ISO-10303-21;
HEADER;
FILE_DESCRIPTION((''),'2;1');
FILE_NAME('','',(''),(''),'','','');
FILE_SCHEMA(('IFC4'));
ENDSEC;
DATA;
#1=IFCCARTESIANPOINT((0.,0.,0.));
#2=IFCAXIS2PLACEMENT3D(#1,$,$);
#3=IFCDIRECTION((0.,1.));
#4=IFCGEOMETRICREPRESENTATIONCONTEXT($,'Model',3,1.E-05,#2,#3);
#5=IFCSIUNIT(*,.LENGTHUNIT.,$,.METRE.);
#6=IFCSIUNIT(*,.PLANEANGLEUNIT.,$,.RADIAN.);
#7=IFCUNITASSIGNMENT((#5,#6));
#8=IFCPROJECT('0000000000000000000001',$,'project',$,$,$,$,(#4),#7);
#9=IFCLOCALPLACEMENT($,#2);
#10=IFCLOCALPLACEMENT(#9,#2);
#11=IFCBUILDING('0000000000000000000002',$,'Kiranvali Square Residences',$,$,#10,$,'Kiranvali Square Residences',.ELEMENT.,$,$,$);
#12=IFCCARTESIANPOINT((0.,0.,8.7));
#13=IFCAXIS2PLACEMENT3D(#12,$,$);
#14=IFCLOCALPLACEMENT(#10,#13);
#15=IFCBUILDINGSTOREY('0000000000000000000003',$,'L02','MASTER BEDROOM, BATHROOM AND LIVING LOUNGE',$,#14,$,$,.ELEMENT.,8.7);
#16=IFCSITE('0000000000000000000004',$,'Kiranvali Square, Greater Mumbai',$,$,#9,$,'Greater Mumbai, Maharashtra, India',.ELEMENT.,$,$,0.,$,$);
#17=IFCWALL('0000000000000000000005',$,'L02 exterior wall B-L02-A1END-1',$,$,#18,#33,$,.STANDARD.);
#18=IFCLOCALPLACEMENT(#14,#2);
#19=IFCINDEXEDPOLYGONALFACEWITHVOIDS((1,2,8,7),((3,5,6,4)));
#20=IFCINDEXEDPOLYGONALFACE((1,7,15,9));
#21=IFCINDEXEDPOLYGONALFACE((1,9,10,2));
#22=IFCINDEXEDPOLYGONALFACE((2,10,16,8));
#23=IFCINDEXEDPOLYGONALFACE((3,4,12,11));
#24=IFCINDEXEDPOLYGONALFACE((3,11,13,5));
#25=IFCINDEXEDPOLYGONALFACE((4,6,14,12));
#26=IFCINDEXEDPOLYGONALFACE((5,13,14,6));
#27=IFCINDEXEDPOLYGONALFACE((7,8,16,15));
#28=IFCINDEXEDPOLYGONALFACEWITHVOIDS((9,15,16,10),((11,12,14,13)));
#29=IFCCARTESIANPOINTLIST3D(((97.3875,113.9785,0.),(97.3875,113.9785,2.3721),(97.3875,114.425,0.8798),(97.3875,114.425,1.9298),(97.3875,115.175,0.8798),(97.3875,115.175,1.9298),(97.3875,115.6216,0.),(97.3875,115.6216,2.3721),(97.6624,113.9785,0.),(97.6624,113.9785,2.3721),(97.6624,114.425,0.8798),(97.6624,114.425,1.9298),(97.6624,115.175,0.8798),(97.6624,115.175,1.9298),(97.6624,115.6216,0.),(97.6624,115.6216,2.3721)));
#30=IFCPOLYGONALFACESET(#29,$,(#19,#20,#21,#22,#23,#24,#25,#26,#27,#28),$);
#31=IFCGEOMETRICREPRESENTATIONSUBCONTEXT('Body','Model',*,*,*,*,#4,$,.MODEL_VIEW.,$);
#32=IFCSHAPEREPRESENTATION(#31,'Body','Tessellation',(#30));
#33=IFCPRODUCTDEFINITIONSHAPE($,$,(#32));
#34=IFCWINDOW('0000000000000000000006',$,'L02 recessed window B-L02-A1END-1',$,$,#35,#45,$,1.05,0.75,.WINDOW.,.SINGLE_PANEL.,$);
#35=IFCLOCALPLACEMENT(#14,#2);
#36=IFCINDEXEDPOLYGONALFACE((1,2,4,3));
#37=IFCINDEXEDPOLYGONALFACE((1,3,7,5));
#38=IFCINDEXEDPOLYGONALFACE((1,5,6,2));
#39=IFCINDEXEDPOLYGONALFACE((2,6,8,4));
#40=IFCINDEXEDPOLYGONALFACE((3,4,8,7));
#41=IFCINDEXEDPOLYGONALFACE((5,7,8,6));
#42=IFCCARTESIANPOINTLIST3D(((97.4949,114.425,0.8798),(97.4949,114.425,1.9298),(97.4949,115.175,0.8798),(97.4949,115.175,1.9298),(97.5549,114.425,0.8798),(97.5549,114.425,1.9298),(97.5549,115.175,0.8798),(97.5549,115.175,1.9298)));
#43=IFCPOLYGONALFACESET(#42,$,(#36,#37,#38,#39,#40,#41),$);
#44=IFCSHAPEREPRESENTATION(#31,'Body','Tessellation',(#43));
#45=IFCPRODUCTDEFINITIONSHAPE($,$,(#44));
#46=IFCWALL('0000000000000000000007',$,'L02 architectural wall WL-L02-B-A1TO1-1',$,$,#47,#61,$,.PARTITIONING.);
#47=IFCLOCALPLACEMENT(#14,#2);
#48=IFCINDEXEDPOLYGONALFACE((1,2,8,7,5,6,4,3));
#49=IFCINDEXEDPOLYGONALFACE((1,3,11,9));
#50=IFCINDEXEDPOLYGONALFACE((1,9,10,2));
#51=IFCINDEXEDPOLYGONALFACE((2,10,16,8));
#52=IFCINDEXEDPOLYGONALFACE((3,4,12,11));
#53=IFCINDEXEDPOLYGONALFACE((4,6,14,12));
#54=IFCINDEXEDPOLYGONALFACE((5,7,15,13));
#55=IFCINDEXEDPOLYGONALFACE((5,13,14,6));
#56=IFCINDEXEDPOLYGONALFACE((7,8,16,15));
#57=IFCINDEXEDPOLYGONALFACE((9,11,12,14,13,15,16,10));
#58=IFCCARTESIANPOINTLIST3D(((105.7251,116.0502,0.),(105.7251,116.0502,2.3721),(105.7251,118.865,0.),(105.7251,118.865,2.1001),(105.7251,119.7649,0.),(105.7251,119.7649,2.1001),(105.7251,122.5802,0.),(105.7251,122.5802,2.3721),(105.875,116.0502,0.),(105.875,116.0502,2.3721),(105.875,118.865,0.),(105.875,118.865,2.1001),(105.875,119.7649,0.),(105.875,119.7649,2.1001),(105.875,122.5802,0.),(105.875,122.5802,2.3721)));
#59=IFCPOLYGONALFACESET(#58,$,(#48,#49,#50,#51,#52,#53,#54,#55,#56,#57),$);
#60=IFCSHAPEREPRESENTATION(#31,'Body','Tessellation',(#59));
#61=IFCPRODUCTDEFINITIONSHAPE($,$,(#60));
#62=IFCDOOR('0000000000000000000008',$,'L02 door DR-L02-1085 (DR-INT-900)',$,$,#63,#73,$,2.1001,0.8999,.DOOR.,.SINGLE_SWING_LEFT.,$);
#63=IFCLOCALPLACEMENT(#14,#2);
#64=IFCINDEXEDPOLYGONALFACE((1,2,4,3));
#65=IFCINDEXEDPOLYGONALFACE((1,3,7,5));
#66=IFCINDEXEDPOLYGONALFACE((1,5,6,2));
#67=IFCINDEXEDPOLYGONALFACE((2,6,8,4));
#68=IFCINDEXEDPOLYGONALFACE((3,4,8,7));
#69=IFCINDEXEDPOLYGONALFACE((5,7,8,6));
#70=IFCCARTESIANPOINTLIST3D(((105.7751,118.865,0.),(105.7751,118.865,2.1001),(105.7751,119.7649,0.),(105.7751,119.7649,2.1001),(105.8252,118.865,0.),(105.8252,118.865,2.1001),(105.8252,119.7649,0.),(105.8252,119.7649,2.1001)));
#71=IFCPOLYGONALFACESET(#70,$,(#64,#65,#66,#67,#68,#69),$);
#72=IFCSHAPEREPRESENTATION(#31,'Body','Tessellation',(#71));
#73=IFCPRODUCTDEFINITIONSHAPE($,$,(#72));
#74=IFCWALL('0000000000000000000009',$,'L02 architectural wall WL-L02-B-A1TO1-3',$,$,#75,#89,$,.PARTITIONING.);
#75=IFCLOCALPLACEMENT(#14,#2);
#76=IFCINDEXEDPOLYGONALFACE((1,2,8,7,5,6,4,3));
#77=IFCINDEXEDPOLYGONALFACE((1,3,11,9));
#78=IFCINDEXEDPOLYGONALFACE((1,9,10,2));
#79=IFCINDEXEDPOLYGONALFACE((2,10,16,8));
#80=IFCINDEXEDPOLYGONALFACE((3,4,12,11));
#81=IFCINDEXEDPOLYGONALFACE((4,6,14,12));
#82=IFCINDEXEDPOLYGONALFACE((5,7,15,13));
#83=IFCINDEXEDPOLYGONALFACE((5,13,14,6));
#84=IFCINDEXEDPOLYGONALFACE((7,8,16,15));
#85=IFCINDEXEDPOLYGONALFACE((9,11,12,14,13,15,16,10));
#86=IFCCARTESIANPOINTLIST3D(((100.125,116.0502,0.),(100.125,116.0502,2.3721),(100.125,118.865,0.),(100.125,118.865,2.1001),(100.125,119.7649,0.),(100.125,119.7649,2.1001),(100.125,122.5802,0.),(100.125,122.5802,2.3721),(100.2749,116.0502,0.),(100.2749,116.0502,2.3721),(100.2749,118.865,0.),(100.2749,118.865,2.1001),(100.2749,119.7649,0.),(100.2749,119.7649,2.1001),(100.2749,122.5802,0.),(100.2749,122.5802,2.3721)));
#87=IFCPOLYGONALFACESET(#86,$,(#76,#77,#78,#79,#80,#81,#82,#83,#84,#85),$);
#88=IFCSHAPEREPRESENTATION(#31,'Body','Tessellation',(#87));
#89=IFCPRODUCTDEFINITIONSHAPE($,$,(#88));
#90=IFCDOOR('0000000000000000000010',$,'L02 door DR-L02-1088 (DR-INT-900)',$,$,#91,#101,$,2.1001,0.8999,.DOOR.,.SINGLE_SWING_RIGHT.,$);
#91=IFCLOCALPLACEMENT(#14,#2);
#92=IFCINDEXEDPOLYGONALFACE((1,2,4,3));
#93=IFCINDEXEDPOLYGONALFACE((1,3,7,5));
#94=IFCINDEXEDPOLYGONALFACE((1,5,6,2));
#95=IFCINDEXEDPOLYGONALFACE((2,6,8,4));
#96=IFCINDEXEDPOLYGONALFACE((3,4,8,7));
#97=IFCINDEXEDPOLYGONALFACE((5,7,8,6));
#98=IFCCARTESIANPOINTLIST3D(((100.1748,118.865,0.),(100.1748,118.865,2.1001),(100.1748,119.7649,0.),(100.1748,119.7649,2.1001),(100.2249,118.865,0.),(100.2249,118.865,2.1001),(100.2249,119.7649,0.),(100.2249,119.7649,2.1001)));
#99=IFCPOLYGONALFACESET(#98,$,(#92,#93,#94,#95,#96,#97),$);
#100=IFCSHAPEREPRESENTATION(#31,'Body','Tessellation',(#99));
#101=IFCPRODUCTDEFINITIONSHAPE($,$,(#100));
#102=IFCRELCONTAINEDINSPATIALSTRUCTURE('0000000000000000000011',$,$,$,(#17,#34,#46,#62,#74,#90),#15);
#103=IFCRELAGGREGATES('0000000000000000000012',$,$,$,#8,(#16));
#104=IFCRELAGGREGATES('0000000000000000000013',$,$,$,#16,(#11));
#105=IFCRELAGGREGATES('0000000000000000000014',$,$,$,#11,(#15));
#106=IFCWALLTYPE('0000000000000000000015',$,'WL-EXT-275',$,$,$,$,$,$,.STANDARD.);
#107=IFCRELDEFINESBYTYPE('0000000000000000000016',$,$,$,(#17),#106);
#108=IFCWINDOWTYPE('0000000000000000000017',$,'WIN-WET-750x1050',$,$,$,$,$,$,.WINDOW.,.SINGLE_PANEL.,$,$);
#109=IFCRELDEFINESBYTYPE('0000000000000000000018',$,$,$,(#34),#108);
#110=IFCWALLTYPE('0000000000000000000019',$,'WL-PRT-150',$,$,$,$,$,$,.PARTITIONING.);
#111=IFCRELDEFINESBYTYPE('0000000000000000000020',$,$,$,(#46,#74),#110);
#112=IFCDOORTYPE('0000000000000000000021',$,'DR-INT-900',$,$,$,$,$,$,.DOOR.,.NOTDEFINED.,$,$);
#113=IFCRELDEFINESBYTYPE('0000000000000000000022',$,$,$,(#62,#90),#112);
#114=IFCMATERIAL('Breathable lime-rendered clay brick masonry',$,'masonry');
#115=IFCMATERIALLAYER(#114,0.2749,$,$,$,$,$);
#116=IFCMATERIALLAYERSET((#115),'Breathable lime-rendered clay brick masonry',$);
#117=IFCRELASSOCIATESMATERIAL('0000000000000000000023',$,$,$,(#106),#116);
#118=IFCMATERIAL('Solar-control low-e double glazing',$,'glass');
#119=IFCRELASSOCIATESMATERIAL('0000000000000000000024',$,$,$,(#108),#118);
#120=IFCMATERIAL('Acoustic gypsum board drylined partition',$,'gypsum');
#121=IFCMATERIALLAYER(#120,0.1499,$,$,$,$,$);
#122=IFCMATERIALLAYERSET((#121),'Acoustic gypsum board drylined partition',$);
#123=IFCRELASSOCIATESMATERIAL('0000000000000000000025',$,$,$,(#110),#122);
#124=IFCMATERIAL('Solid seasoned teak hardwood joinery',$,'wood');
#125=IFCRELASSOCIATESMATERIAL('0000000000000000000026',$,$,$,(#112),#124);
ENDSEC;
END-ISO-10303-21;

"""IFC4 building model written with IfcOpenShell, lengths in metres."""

from ifc_helpers import new_model, si_unit, direction, frame, frame_2d, origin, place, context, subcontext, project, spatial, rectangle, extrude, material, layer, layer_set, type_object, element, fill, save


model = new_model("IFC4")

# Units and contexts
model_context = context("Model", 3, precision=1e-05, world=origin(), true_north=direction((0.0, 1.0)))
body_context = subcontext(model_context, "Body", "Model", "MODEL_VIEW")
ifc_project = project(units=[si_unit("LENGTHUNIT", "METRE"), si_unit("PLANEANGLEUNIT", "RADIAN")], contexts=[model_context])

# Site, building, storey
site_placement = place(None, origin())
site = spatial("IfcSite", under=ifc_project, at=site_placement, Name="Kiranvali Square, Greater Mumbai", LongName="Greater Mumbai, Maharashtra, India", CompositionType="ELEMENT", RefElevation=0.0)
building_placement = place(site_placement, origin())
building = spatial("IfcBuilding", under=site, at=building_placement, Name="Kiranvali Square Residences", LongName="Kiranvali Square Residences", CompositionType="ELEMENT")
storey_placement = place(building_placement, frame((0.0, 0.0, 8.7)))
storey = spatial("IfcBuildingStorey", under=building, at=storey_placement, Name="L02", Description="MASTER BEDROOM, BATHROOM AND LIVING LOUNGE", CompositionType="ELEMENT", Elevation=8.7)

# Wall, opening, window
ifc_material_1 = material(Name="Breathable lime-rendered clay brick masonry", Category="masonry")
ifc_layer_1 = layer(ifc_material_1, 0.2749)
ifc_layer_set_1 = layer_set([ifc_layer_1], Name="Breathable lime-rendered clay brick masonry")
wall_type_1 = type_object("IfcWallType", Name="WL-EXT-275", PredefinedType="STANDARD", material=ifc_layer_set_1)
wall_1_placement = place(storey_placement, frame((97.5249, 113.9785, 0.0), z_axis=(0.0, 0.0, 1.0), x_axis=(0.0, 1.0, 0.0)))
wall_1 = element("IfcWall", 1, at=wall_1_placement, inside=storey, type_object=wall_type_1, Name="L02 exterior wall B-L02-A1END-1", PredefinedType="STANDARD", context=body_context, shape_type="SweptSolid", body=[
    extrude(rectangle(XDim=1.6431, YDim=0.2749, at=frame_2d((0.8215, 0.0))), origin(), (0.0, 0.0, 1.0), 2.3721),
])
opening_1_placement = place(wall_1_placement, frame((0.4465, 0.0, 0.8799)))
opening_1 = element("IfcOpeningElement", 2, at=opening_1_placement, cuts=wall_1, PredefinedType="OPENING", context=body_context, shape_type="SweptSolid", body=[
    extrude(rectangle(XDim=0.75, YDim=1.05, at=frame_2d((0.375, 0.5249))), frame((0.0, 0.1475, 0.0), z_axis=(0.0, -1.0, 0.0), x_axis=(1.0, 0.0, 0.0)), (0.0, 0.0, 1.0), 0.2949),
])
ifc_material_2 = material(Name="Solar-control low-e double glazing", Category="glass")
window_type = type_object("IfcWindowType", Name="WIN-WET-750x1050", PartitioningType="SINGLE_PANEL", PredefinedType="WINDOW", material=ifc_material_2)
window_placement = place(opening_1_placement, origin())
window = element("IfcWindow", 3, at=window_placement, inside=storey, type_object=window_type, Name="L02 recessed window B-L02-A1END-1", OverallHeight=1.05, OverallWidth=0.75, PartitioningType="SINGLE_PANEL", PredefinedType="WINDOW", context=body_context, shape_type="SweptSolid", body=[
    extrude(rectangle(XDim=0.75, YDim=1.05, at=frame_2d((0.375, 0.5249))), frame((0.0, 0.03, 0.0), z_axis=(0.0, -1.0, 0.0), x_axis=(1.0, 0.0, 0.0)), (0.0, 0.0, 1.0), 0.0601),
])
fill(opening_1, window)

# Walls, openings, doors
ifc_material_3 = material(Name="Acoustic gypsum board drylined partition", Category="gypsum")
ifc_layer_2 = layer(ifc_material_3, 0.1499)
ifc_layer_set_2 = layer_set([ifc_layer_2], Name="Acoustic gypsum board drylined partition")
wall_type_2 = type_object("IfcWallType", Name="WL-PRT-150", PredefinedType="PARTITIONING", material=ifc_layer_set_2)
wall_2_placement = place(storey_placement, frame((105.8, 116.05, 0.0), z_axis=(0.0, 0.0, 1.0), x_axis=(0.0, 1.0, 0.0)))
wall_2 = element("IfcWall", 4, at=wall_2_placement, inside=storey, type_object=wall_type_2, Name="L02 architectural wall WL-L02-B-A1TO1-1", PredefinedType="PARTITIONING", context=body_context, shape_type="SweptSolid", body=[
    extrude(rectangle(XDim=6.53, YDim=0.1499, at=frame_2d((3.2651, 0.0))), origin(), (0.0, 0.0, 1.0), 2.3721),
])
opening_2_placement = place(wall_2_placement, frame((2.8149, 0.0, 0.0)))
opening_2 = element("IfcOpeningElement", 5, at=opening_2_placement, cuts=wall_2, PredefinedType="OPENING", context=body_context, shape_type="SweptSolid", body=[
    extrude(rectangle(XDim=0.8999, YDim=2.1001, at=frame_2d((0.45, 1.05))), frame((0.0, 0.085, 0.0), z_axis=(0.0, -1.0, 0.0), x_axis=(1.0, 0.0, 0.0)), (0.0, 0.0, 1.0), 0.1699),
])
ifc_material_4 = material(Name="Solid seasoned teak hardwood joinery", Category="wood")
door_type_1 = type_object("IfcDoorType", Name="DR-INT-900", OperationType="NOTDEFINED", PredefinedType="DOOR", material=ifc_material_4)
door_1_placement = place(opening_2_placement, origin())
door_1 = element("IfcDoor", 6, at=door_1_placement, inside=storey, type_object=door_type_1, Name="L02 door DR-L02-1085 (DR-INT-900)", OperationType="SINGLE_SWING_LEFT", OverallHeight=2.1001, OverallWidth=0.8999, PredefinedType="DOOR", context=body_context, shape_type="SweptSolid", body=[
    extrude(rectangle(XDim=0.8999, YDim=2.1001, at=frame_2d((0.45, 1.05))), frame((0.0, 0.0249, 0.0), z_axis=(0.0, -1.0, 0.0), x_axis=(1.0, 0.0, 0.0)), (0.0, 0.0, 1.0), 0.05),
])
fill(opening_2, door_1)
wall_3_placement = place(storey_placement, frame((100.2, 116.05, 0.0), z_axis=(0.0, 0.0, 1.0), x_axis=(0.0, 1.0, 0.0)))
wall_3 = element("IfcWall", 7, at=wall_3_placement, inside=storey, type_object=wall_type_2, Name="L02 architectural wall WL-L02-B-A1TO1-3", PredefinedType="PARTITIONING", context=body_context, shape_type="SweptSolid", body=[
    extrude(rectangle(XDim=6.53, YDim=0.1499, at=frame_2d((3.2651, 0.0))), origin(), (0.0, 0.0, 1.0), 2.3721),
])
opening_3_placement = place(wall_3_placement, frame((2.8149, 0.0, 0.0)))
opening_3 = element("IfcOpeningElement", 8, at=opening_3_placement, cuts=wall_3, PredefinedType="OPENING", context=body_context, shape_type="SweptSolid", body=[
    extrude(rectangle(XDim=0.8999, YDim=2.1001, at=frame_2d((0.45, 1.05))), frame((0.0, 0.085, 0.0), z_axis=(0.0, -1.0, 0.0), x_axis=(1.0, 0.0, 0.0)), (0.0, 0.0, 1.0), 0.1699),
])
door_2_placement = place(opening_3_placement, frame((0.8999, 0.0, 0.0), z_axis=(0.0, 0.0, 1.0), x_axis=(-1.0, 0.0, 0.0)))
door_2 = element("IfcDoor", 9, at=door_2_placement, inside=storey, type_object=door_type_1, Name="L02 door DR-L02-1088 (DR-INT-900)", OperationType="SINGLE_SWING_RIGHT", OverallHeight=2.1001, OverallWidth=0.8999, PredefinedType="DOOR", context=body_context, shape_type="SweptSolid", body=[
    extrude(rectangle(XDim=0.8999, YDim=2.1001, at=frame_2d((0.45, 1.05))), frame((0.0, 0.0249, 0.0), z_axis=(0.0, -1.0, 0.0), x_axis=(1.0, 0.0, 0.0)), (0.0, 0.0, 1.0), 0.05),
])
fill(opening_3, door_2)

save(model, "model.ifc")
